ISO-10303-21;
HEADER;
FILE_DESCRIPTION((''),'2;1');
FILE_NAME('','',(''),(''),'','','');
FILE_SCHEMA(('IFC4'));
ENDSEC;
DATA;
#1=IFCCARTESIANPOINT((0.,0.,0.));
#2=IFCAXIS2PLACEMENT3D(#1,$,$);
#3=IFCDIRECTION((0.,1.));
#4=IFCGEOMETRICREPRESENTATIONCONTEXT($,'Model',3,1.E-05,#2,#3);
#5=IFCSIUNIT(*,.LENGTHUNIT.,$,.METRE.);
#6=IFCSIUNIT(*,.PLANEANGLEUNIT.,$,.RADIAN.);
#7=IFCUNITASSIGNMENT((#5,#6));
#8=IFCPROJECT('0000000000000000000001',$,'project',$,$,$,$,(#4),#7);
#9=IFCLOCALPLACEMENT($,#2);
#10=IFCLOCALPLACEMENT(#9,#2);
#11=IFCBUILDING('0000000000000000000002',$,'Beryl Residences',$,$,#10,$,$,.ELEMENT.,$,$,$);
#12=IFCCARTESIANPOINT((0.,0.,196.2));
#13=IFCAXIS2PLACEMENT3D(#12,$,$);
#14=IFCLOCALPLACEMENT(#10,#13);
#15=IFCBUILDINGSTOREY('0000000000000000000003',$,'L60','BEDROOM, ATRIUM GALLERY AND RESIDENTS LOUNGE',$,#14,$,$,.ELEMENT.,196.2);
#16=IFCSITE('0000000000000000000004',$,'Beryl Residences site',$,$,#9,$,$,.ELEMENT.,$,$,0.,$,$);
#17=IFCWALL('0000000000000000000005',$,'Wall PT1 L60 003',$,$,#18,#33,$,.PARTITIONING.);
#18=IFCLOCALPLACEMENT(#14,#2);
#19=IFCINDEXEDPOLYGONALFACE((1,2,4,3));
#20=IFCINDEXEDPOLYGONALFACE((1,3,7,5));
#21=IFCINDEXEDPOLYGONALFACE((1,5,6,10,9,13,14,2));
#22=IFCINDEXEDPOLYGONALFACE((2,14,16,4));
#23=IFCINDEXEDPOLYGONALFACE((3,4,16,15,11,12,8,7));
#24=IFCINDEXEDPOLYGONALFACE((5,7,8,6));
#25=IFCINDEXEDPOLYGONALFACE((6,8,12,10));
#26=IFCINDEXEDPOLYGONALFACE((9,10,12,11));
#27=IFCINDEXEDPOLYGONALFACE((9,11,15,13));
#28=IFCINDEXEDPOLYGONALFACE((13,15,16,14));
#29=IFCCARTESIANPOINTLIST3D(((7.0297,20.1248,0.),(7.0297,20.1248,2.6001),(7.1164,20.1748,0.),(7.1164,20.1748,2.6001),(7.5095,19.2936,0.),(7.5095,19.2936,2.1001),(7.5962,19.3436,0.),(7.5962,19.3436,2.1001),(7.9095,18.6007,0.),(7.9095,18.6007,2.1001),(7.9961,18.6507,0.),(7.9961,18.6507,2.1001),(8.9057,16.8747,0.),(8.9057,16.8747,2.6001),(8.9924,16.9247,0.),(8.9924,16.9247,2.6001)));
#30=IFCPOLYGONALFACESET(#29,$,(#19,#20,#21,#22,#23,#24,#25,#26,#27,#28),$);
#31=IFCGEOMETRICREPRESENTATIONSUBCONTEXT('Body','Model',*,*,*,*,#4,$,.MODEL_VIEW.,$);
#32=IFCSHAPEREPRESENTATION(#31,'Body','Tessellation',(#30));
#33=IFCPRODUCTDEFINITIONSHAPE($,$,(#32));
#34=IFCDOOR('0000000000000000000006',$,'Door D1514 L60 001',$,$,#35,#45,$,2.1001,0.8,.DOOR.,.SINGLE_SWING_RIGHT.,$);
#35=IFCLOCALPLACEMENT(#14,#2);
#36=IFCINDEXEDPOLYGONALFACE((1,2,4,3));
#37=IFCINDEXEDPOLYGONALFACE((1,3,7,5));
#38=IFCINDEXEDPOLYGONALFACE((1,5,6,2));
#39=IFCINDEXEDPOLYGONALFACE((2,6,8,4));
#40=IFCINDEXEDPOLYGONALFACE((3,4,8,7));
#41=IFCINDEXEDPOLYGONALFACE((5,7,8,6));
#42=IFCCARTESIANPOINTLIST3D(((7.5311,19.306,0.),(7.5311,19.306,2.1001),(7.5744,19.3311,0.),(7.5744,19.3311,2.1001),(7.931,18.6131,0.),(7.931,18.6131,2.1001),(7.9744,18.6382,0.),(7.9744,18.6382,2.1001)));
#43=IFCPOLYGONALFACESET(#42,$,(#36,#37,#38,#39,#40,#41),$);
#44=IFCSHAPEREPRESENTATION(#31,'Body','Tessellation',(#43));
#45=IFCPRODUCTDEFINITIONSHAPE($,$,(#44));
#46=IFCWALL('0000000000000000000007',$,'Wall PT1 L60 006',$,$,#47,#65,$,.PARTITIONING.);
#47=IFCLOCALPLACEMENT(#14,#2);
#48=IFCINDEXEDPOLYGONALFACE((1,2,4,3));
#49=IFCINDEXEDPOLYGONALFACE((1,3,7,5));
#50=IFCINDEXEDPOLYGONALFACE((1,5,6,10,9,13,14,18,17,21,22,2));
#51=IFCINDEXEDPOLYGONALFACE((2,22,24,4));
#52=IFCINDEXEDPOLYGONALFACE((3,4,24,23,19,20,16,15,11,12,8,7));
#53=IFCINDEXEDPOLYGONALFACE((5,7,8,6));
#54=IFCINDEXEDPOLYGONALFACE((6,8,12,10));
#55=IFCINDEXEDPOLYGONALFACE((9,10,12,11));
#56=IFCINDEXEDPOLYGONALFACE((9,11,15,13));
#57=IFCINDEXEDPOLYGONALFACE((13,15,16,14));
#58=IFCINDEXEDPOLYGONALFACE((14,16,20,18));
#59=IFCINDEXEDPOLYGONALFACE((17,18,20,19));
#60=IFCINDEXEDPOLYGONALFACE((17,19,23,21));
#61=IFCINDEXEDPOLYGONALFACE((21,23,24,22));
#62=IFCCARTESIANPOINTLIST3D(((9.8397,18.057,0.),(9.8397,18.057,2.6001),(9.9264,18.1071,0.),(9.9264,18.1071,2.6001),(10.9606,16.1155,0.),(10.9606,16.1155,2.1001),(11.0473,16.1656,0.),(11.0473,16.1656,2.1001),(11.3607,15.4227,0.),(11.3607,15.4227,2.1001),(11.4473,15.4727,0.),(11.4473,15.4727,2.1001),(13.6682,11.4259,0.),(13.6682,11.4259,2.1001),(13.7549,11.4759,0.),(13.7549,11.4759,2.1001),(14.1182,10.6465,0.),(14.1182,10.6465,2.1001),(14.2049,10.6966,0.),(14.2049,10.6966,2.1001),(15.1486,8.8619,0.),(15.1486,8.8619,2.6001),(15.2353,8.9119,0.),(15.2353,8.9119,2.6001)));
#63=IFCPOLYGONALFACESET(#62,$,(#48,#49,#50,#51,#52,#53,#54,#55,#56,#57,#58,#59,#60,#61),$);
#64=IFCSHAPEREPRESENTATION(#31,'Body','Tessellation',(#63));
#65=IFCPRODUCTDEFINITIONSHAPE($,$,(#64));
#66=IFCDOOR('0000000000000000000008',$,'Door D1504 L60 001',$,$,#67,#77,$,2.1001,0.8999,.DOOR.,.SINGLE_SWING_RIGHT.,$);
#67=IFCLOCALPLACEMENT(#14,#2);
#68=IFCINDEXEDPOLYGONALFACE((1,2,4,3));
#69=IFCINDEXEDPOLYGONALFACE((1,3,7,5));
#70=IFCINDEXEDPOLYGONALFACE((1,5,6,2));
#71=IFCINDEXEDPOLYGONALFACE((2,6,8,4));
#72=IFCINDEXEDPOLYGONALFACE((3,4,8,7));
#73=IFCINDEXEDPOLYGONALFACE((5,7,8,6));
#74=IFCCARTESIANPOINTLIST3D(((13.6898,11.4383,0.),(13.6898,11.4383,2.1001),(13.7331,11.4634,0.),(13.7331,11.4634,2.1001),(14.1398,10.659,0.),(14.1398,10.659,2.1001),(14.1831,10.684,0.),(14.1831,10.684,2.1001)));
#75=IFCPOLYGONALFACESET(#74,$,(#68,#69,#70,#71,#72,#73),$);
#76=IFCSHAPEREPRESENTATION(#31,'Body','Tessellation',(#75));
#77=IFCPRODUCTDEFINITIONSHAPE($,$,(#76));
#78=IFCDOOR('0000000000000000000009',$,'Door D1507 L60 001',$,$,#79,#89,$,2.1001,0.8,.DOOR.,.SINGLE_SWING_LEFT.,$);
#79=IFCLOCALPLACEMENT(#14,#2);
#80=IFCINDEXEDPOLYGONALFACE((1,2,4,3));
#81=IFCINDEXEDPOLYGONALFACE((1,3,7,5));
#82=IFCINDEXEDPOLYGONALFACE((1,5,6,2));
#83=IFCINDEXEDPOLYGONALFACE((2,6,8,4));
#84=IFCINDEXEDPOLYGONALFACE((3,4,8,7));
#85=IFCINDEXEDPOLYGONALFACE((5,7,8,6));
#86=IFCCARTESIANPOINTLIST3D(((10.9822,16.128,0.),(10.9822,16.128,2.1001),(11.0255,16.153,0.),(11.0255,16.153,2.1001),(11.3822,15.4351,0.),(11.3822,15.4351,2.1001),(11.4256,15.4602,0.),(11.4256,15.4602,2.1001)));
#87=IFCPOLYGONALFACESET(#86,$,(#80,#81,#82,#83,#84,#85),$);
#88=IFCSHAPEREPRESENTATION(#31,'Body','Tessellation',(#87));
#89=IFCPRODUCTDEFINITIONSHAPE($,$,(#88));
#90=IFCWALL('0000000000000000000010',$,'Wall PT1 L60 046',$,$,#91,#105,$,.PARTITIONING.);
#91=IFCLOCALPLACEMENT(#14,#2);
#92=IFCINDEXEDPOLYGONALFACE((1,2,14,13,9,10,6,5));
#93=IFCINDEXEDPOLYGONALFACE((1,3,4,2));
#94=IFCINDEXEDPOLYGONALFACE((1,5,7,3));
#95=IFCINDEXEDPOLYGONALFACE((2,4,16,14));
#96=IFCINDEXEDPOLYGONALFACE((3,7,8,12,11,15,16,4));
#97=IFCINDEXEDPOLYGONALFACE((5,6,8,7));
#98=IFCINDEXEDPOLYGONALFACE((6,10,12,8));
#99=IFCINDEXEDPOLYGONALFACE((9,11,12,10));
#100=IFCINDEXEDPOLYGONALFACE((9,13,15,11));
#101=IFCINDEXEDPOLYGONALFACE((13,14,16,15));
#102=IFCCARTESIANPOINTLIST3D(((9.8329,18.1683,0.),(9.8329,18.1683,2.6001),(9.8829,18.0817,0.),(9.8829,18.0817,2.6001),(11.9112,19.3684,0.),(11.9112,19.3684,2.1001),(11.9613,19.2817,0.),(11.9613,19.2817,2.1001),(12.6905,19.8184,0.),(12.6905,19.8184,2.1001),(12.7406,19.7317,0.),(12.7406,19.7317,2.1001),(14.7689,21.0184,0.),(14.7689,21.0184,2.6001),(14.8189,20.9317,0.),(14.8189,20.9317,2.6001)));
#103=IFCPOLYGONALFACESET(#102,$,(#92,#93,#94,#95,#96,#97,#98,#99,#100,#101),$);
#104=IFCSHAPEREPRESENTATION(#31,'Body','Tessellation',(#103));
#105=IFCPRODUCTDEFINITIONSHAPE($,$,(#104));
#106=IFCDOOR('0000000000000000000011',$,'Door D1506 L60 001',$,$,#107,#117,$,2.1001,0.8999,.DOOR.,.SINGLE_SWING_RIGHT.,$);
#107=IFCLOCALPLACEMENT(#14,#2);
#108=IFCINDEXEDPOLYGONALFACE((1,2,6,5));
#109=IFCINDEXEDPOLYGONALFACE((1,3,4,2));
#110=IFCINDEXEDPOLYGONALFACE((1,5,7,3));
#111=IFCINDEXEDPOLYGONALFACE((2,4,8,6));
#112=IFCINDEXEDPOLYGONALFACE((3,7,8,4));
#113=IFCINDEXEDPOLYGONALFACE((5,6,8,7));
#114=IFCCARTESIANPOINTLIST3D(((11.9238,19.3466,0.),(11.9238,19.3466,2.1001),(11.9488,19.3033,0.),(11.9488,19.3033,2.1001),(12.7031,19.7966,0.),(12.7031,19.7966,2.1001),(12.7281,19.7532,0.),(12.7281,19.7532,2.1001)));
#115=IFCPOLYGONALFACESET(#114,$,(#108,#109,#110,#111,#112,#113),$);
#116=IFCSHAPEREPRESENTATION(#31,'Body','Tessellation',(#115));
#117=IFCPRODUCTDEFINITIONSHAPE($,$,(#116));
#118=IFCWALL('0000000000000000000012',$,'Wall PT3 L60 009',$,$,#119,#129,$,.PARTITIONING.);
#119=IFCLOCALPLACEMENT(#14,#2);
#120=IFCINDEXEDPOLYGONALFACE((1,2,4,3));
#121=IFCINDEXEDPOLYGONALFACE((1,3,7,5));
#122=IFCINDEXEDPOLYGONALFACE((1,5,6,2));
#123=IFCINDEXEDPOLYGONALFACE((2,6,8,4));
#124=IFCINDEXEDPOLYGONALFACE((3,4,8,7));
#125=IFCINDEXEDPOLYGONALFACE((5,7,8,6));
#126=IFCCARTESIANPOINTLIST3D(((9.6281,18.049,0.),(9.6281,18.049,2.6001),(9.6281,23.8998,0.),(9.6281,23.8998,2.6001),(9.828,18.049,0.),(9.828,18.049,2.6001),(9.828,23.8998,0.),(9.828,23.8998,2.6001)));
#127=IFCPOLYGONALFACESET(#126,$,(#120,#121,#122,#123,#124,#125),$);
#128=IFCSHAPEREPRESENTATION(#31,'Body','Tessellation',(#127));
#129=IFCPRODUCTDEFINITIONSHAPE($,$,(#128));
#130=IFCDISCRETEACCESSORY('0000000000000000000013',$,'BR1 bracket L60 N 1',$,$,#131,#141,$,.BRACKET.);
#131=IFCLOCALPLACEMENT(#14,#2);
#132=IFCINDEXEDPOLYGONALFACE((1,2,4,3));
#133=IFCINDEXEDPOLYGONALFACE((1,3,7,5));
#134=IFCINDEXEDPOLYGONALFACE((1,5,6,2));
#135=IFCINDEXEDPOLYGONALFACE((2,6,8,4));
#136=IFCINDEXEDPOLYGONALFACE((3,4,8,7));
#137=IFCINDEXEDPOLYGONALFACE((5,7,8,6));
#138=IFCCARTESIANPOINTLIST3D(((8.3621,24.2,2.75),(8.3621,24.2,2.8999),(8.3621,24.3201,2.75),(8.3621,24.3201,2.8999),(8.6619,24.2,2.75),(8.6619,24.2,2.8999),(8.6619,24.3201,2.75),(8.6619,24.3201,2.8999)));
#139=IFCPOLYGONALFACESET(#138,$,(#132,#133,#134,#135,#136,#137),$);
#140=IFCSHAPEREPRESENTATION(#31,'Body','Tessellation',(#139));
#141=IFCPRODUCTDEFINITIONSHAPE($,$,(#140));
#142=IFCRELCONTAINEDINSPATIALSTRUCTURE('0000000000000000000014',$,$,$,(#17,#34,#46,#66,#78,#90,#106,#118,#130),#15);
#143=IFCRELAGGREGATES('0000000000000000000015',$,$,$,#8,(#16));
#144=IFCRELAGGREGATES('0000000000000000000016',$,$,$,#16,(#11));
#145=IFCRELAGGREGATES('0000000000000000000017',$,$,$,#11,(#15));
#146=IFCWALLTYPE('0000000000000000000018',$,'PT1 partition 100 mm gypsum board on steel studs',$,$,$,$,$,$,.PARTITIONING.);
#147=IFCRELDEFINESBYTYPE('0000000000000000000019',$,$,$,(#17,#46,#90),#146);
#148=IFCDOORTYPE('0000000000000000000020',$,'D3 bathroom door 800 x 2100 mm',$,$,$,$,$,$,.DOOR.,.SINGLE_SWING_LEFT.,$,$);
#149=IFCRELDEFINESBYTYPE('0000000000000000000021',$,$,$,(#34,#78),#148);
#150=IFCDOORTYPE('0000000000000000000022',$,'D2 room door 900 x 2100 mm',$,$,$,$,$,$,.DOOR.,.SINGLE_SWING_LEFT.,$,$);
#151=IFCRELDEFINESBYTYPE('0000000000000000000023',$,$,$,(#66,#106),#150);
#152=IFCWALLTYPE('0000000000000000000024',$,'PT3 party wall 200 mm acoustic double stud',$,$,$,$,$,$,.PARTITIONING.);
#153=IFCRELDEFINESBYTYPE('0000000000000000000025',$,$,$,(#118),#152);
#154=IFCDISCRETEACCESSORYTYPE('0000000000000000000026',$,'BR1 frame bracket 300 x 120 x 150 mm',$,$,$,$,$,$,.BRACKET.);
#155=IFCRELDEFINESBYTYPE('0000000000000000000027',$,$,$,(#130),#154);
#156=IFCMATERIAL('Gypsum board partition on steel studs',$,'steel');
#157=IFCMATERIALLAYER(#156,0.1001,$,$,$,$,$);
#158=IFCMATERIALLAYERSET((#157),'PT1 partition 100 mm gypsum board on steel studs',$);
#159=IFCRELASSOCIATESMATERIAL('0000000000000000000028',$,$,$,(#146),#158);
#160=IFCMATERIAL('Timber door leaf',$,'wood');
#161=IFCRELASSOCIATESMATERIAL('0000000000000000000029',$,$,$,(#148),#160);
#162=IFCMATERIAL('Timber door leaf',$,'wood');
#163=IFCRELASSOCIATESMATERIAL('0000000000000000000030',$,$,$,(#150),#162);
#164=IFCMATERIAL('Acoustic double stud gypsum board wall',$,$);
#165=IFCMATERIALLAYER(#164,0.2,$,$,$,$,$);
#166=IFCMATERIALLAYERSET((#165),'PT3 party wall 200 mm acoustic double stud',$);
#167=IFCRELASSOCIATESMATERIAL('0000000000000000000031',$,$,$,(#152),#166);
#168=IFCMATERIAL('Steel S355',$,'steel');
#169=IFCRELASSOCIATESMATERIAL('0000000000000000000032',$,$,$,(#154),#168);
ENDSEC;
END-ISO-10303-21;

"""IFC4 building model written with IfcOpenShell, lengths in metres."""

from ifc_helpers import new_model, si_unit, direction, frame, frame_2d, origin, place, context, subcontext, project, spatial, polyline, rectangle, outline, extrude, source, transform, mapped, material, layer, layer_set, type_object, type_shapes, element, fill, save


model = new_model("IFC4")

# Units and contexts
model_context = context("Model", 3, precision=1e-05, world=origin(), true_north=direction((0.0, 1.0)))
body_context = subcontext(model_context, "Body", "Model", "MODEL_VIEW")
ifc_project = project(units=[si_unit("LENGTHUNIT", "METRE"), si_unit("PLANEANGLEUNIT", "RADIAN")], contexts=[model_context])

# Site, building, storey
site_placement = place(None, origin())
site = spatial("IfcSite", under=ifc_project, at=site_placement, Name="Beryl Residences site", CompositionType="ELEMENT", RefElevation=0.0)
building_placement = place(site_placement, origin())
building = spatial("IfcBuilding", under=site, at=building_placement, Name="Beryl Residences", CompositionType="ELEMENT")
storey_placement = place(building_placement, frame((0.0, 0.0, 196.2)))
storey = spatial("IfcBuildingStorey", under=building, at=storey_placement, Name="L60", Description="BEDROOM, ATRIUM GALLERY AND RESIDENTS LOUNGE", CompositionType="ELEMENT", Elevation=196.2)

# Wall, opening, door
ifc_material_1 = material(Name="Gypsum board partition on steel studs", Category="steel")
ifc_layer_1 = layer(ifc_material_1, 0.1001)
ifc_layer_set_1 = layer_set([ifc_layer_1], Name="PT1 partition 100 mm gypsum board on steel studs")
wall_type_1 = type_object("IfcWallType", Name="PT1 partition 100 mm gypsum board on steel studs", PredefinedType="PARTITIONING", material=ifc_layer_set_1)
wall_1_placement = place(storey_placement, frame((7.073, 20.1499, 0.0), z_axis=(0.0, 0.0, 1.0), x_axis=(0.499918, -0.866073, 0.0)))
wall_1 = element("IfcWall", 1, at=wall_1_placement, inside=storey, type_object=wall_type_1, Name="Wall PT1 L60 003", PredefinedType="PARTITIONING", context=body_context, shape_type="SweptSolid", body=[
    extrude(rectangle(XDim=3.7527, YDim=0.1001, at=frame_2d((1.8765, 0.0))), origin(), (0.0, 0.0, 1.0), 2.6001),
])
opening_1_placement = place(wall_1_placement, frame((0.96, 0.0, 0.0)))
opening_1 = element("IfcOpeningElement", 2, at=opening_1_placement, cuts=wall_1, PredefinedType="OPENING", context=body_context, shape_type="SweptSolid", body=[
    extrude(rectangle(XDim=0.8, YDim=2.1001, at=frame_2d((0.3999, 1.05))), frame((0.0, 0.0601, 0.0), z_axis=(0.0, -1.0, 0.0), x_axis=(1.0, 0.0, 0.0)), (0.0, 0.0, 1.0), 0.1201),
])
ifc_material_2 = material(Name="Timber door leaf", Category="wood")
door_type_1 = type_object("IfcDoorType", Name="D3 bathroom door 800 x 2100 mm", OperationType="SINGLE_SWING_LEFT", PredefinedType="DOOR", material=ifc_material_2)
door_1_placement = place(opening_1_placement, origin())
door_1 = element("IfcDoor", 3, at=door_1_placement, inside=storey, type_object=door_type_1, Name="Door D1514 L60 001", OperationType="SINGLE_SWING_RIGHT", OverallHeight=2.1001, OverallWidth=0.8, PredefinedType="DOOR", context=body_context, shape_type="SweptSolid", body=[
    extrude(rectangle(XDim=0.8, YDim=2.1001, at=frame_2d((0.3999, 1.05))), frame((0.0, 0.0249, 0.0), z_axis=(0.0, -1.0, 0.0), x_axis=(1.0, 0.0, 0.0)), (0.0, 0.0, 1.0), 0.05),
])
fill(opening_1, door_1)

# Wall, openings, doors
wall_2_placement = place(storey_placement, frame((9.8831, 18.082, 0.0), z_axis=(0.0, 0.0, 1.0), x_axis=(0.500004, -0.866023, 0.0)))
wall_2 = element("IfcWall", 4, at=wall_2_placement, inside=storey, type_object=wall_type_1, Name="Wall PT1 L60 006", PredefinedType="PARTITIONING", context=body_context, shape_type="SweptSolid", body=[
    extrude(rectangle(XDim=10.6177, YDim=0.1001, at=frame_2d((5.3088, 0.0))), origin(), (0.0, 0.0, 1.0), 2.6001),
])
opening_2_placement = place(wall_2_placement, frame((7.657, 0.0, 0.0)))
opening_2 = element("IfcOpeningElement", 5, at=opening_2_placement, cuts=wall_2, PredefinedType="OPENING", context=body_context, shape_type="SweptSolid", body=[
    extrude(rectangle(XDim=0.8999, YDim=2.1001, at=frame_2d((0.45, 1.05))), frame((0.0, 0.0601, 0.0), z_axis=(0.0, -1.0, 0.0), x_axis=(1.0, 0.0, 0.0)), (0.0, 0.0, 1.0), 0.1201),
])
opening_3_placement = place(wall_2_placement, frame((2.2419, 0.0, 0.0)))
opening_3 = element("IfcOpeningElement", 6, at=opening_3_placement, cuts=wall_2, PredefinedType="OPENING", context=body_context, shape_type="SweptSolid", body=[
    extrude(rectangle(XDim=0.8, YDim=2.1001, at=frame_2d((0.3999, 1.05))), frame((0.0, 0.0601, 0.0), z_axis=(0.0, -1.0, 0.0), x_axis=(1.0, 0.0, 0.0)), (0.0, 0.0, 1.0), 0.1201),
])
ifc_material_3 = material(Name="Timber door leaf", Category="wood")
door_type_2 = type_object("IfcDoorType", Name="D2 room door 900 x 2100 mm", OperationType="SINGLE_SWING_LEFT", PredefinedType="DOOR", material=ifc_material_3)
door_2_placement = place(opening_2_placement, origin())
door_2 = element("IfcDoor", 7, at=door_2_placement, inside=storey, type_object=door_type_2, Name="Door D1504 L60 001", OperationType="SINGLE_SWING_RIGHT", OverallHeight=2.1001, OverallWidth=0.8999, PredefinedType="DOOR", context=body_context, shape_type="SweptSolid", body=[
    extrude(rectangle(XDim=0.8999, YDim=2.1001, at=frame_2d((0.45, 1.05))), frame((0.0, 0.0249, 0.0), z_axis=(0.0, -1.0, 0.0), x_axis=(1.0, 0.0, 0.0)), (0.0, 0.0, 1.0), 0.05),
])
fill(opening_2, door_2)
door_3_placement = place(opening_3_placement, origin())
door_3 = element("IfcDoor", 8, at=door_3_placement, inside=storey, type_object=door_type_1, Name="Door D1507 L60 001", OperationType="SINGLE_SWING_LEFT", OverallHeight=2.1001, OverallWidth=0.8, PredefinedType="DOOR", context=body_context, shape_type="SweptSolid", body=[
    extrude(rectangle(XDim=0.8, YDim=2.1001, at=frame_2d((0.3999, 1.05))), frame((0.0, 0.0249, 0.0), z_axis=(0.0, -1.0, 0.0), x_axis=(1.0, 0.0, 0.0)), (0.0, 0.0, 1.0), 0.05),
])
fill(opening_3, door_3)

# Wall, opening, door
wall_3_placement = place(storey_placement, frame((9.8579, 18.125, 0.0), z_axis=(0.0, 0.0, 1.0), x_axis=(0.866004, 0.500036, 0.0)))
wall_3 = element("IfcWall", 9, at=wall_3_placement, inside=storey, type_object=wall_type_1, Name="Wall PT1 L60 046", PredefinedType="PARTITIONING", context=body_context, shape_type="SweptSolid", body=[
    extrude(rectangle(XDim=5.6997, YDim=0.1001, at=frame_2d((2.8499, 0.0))), origin(), (0.0, 0.0, 1.0), 2.6001),
])
opening_4_placement = place(wall_3_placement, frame((2.3999, 0.0, 0.0)))
opening_4 = element("IfcOpeningElement", 10, at=opening_4_placement, cuts=wall_3, PredefinedType="OPENING", context=body_context, shape_type="SweptSolid", body=[
    extrude(rectangle(XDim=0.8999, YDim=2.1001, at=frame_2d((0.45, 1.05))), frame((0.0, 0.0601, 0.0), z_axis=(0.0, -1.0, 0.0), x_axis=(1.0, 0.0, 0.0)), (0.0, 0.0, 1.0), 0.1201),
])
door_4_placement = place(opening_4_placement, origin())
door_4 = element("IfcDoor", 11, at=door_4_placement, inside=storey, type_object=door_type_2, Name="Door D1506 L60 001", OperationType="SINGLE_SWING_RIGHT", OverallHeight=2.1001, OverallWidth=0.8999, PredefinedType="DOOR", context=body_context, shape_type="SweptSolid", body=[
    extrude(rectangle(XDim=0.8999, YDim=2.1001, at=frame_2d((0.45, 1.05))), frame((0.0, 0.0249, 0.0), z_axis=(0.0, -1.0, 0.0), x_axis=(1.0, 0.0, 0.0)), (0.0, 0.0, 1.0), 0.05),
])
fill(opening_4, door_4)

# Wall
ifc_material_4 = material(Name="Acoustic double stud gypsum board wall")
ifc_layer_2 = layer(ifc_material_4, 0.2)
ifc_layer_set_2 = layer_set([ifc_layer_2], Name="PT3 party wall 200 mm acoustic double stud")
wall_type_2 = type_object("IfcWallType", Name="PT3 party wall 200 mm acoustic double stud", PredefinedType="PARTITIONING", material=ifc_layer_set_2)
wall_4_placement = place(storey_placement, frame((9.728, 18.0491, 0.0), z_axis=(0.0, 0.0, 1.0), x_axis=(0.0, 1.0, 0.0)))
element("IfcWall", 12, at=wall_4_placement, inside=storey, type_object=wall_type_2, Name="Wall PT3 L60 009", PredefinedType="PARTITIONING", context=body_context, shape_type="SweptSolid", body=[
    extrude(rectangle(XDim=5.8508, YDim=0.2, at=frame_2d((2.9253, 0.0))), origin(), (0.0, 0.0, 1.0), 2.6001),
])

# Discrete accessory
ifc_material_5 = material(Name="Steel S355", Category="steel")
discrete_accessory_type = type_object("IfcDiscreteAccessoryType", Name="BR1 frame bracket 300 x 120 x 150 mm", PredefinedType="BRACKET", material=ifc_material_5)
shared_shape_1 = source(origin(), body_context, "Body", "SweptSolid", [
    extrude(outline(polyline([(-0.1499, 0.0), (0.1499, 0.0), (0.1499, 0.1201), (-0.1499, 0.1201), (-0.1499, 0.0)])), origin(), (0.0, 0.0, 1.0), 0.1499),
])
type_shapes(discrete_accessory_type, [shared_shape_1])
discrete_accessory_placement = place(storey_placement, frame((8.512, 24.2, 2.75), z_axis=(0.0, 0.0, 1.0), x_axis=(1.0, 0.0, 0.0)))
element("IfcDiscreteAccessory", 13, at=discrete_accessory_placement, inside=storey, type_object=discrete_accessory_type, Name="BR1 bracket L60 N 1", PredefinedType="BRACKET", context=body_context, shape_type="MappedRepresentation", body=[
    mapped(shared_shape_1, transform((0.0, 0.0, 0.0))),
])

save(model, "model.ifc")
